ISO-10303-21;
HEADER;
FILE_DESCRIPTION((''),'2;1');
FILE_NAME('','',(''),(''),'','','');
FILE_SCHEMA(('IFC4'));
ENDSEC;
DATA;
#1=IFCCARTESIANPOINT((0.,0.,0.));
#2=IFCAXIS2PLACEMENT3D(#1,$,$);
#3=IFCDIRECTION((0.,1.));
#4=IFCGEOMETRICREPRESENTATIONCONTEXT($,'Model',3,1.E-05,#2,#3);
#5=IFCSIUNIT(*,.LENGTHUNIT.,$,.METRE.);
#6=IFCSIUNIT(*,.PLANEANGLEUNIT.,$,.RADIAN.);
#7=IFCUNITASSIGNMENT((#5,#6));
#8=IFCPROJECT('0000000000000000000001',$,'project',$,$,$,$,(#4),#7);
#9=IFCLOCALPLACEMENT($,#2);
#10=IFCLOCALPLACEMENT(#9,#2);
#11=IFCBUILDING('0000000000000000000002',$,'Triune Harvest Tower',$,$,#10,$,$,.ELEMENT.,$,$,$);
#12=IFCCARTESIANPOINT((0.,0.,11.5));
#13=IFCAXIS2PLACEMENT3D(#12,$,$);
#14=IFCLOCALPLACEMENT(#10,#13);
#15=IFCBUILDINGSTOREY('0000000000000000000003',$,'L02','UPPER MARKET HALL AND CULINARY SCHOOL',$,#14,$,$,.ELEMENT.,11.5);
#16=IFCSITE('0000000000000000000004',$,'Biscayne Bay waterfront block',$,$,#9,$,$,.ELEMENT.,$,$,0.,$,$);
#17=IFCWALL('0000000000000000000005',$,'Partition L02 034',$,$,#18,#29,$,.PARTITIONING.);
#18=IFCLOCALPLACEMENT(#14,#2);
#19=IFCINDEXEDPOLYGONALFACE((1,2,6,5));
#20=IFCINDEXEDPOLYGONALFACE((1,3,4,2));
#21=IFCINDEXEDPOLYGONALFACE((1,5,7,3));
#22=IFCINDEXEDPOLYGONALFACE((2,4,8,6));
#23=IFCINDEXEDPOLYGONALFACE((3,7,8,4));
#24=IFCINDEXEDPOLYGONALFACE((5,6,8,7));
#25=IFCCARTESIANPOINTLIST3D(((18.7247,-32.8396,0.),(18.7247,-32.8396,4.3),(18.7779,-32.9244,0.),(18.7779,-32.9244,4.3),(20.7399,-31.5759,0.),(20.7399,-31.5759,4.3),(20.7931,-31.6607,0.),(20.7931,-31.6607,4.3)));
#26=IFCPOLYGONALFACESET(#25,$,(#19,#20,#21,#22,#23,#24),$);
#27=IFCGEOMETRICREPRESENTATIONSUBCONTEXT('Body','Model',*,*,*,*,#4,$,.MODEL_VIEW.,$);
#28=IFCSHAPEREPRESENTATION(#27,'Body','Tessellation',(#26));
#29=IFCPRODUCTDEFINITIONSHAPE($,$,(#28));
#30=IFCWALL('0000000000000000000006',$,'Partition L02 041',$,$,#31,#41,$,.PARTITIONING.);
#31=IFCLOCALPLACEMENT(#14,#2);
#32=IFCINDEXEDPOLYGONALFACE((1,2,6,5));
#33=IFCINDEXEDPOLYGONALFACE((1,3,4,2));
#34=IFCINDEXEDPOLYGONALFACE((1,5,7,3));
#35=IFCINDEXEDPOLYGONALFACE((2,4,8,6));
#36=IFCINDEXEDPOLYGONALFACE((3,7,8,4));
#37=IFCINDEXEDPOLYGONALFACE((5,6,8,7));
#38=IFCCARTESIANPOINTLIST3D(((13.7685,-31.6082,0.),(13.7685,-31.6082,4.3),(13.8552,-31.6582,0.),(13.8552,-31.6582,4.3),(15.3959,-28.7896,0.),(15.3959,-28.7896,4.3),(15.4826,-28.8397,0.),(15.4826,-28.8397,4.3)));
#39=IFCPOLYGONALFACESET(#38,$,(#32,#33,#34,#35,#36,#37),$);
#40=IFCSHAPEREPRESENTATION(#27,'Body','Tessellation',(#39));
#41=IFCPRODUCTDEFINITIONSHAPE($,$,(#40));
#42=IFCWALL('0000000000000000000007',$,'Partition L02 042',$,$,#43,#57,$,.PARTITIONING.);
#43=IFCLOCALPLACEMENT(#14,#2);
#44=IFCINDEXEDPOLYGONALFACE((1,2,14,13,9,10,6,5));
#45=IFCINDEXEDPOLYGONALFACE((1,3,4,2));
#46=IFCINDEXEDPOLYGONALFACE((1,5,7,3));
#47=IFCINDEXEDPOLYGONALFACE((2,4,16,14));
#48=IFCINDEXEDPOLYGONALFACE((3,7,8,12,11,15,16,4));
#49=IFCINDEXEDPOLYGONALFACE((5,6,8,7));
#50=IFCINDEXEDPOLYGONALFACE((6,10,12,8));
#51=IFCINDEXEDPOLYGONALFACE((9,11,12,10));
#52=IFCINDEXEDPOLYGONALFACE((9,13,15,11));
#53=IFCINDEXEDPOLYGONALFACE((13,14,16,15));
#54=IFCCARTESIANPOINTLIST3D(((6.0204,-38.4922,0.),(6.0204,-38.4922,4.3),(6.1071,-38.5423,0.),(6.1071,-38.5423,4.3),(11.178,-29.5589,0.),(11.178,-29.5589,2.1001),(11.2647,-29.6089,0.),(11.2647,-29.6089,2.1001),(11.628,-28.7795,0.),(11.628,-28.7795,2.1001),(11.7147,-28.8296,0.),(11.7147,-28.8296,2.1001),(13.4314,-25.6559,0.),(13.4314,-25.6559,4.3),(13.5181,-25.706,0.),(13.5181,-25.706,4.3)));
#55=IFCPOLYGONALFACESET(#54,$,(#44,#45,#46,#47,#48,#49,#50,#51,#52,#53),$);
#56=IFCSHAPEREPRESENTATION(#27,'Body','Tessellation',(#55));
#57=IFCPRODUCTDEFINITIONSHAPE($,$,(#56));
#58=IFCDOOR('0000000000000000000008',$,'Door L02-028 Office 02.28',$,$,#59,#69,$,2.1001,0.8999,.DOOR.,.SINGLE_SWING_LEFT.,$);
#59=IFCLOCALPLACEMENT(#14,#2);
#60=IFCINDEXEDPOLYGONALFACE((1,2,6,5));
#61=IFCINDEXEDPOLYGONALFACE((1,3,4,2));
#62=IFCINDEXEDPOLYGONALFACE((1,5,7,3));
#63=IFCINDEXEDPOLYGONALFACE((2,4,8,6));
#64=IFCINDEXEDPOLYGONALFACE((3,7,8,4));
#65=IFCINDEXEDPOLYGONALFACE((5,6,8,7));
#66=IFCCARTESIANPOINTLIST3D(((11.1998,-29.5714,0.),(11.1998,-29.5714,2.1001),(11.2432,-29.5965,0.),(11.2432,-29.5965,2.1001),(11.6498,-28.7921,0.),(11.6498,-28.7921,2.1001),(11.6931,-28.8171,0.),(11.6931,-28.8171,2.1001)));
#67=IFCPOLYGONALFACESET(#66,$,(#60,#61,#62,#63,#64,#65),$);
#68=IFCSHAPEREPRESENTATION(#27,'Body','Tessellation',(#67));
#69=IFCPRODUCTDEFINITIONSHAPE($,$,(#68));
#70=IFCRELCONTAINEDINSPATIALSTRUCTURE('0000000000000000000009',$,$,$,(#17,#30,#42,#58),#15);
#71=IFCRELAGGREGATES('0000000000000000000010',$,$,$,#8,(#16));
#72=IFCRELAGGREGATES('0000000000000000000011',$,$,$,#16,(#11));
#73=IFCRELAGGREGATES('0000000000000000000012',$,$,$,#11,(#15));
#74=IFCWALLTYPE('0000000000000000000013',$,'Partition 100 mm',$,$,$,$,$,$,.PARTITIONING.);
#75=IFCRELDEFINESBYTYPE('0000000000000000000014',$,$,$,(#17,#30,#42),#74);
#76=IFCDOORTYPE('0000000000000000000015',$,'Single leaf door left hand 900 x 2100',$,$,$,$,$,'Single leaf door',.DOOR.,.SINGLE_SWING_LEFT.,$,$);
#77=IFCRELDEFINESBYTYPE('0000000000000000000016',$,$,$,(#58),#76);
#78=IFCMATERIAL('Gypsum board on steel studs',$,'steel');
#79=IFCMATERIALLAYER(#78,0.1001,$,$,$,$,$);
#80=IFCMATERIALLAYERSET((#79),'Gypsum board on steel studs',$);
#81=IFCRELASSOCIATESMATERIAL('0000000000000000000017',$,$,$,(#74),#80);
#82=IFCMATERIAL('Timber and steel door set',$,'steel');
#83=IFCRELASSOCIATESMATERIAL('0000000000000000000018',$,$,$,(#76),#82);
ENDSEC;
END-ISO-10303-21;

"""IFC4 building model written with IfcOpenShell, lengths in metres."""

from ifc_helpers import new_model, si_unit, direction, frame, frame_2d, origin, place, context, subcontext, project, spatial, rectangle, extrude, material, layer, layer_set, type_object, element, fill, save


model = new_model("IFC4")

# Units and contexts
model_context = context("Model", 3, precision=1e-05, world=origin(), true_north=direction((0.0, 1.0)))
body_context = subcontext(model_context, "Body", "Model", "MODEL_VIEW")
ifc_project = project(units=[si_unit("LENGTHUNIT", "METRE"), si_unit("PLANEANGLEUNIT", "RADIAN")], contexts=[model_context])

# Site, building, storey
site_placement = place(None, origin())
site = spatial("IfcSite", under=ifc_project, at=site_placement, Name="Biscayne Bay waterfront block", CompositionType="ELEMENT", RefElevation=0.0)
building_placement = place(site_placement, origin())
building = spatial("IfcBuilding", under=site, at=building_placement, Name="Triune Harvest Tower", CompositionType="ELEMENT")
storey_placement = place(building_placement, frame((0.0, 0.0, 11.5)))
storey = spatial("IfcBuildingStorey", under=building, at=storey_placement, Name="L02", Description="UPPER MARKET HALL AND CULINARY SCHOOL", CompositionType="ELEMENT", Elevation=11.5)

# Walls
ifc_material_1 = material(Name="Gypsum board on steel studs", Category="steel")
ifc_layer_1 = layer(ifc_material_1, 0.1001)
ifc_layer_set_1 = layer_set([ifc_layer_1], Name="Gypsum board on steel studs")
wall_type = type_object("IfcWallType", Name="Partition 100 mm", PredefinedType="PARTITIONING", material=ifc_layer_set_1)
wall_1_placement = place(storey_placement, frame((18.7512, -32.8821, 0.0), z_axis=(0.0, 0.0, 1.0), x_axis=(0.847202, 0.531272, 0.0)))
element("IfcWall", 1, at=wall_1_placement, inside=storey, type_object=wall_type, Name="Partition L02 034", PredefinedType="PARTITIONING", context=body_context, shape_type="SweptSolid", body=[
    extrude(rectangle(XDim=2.3787, YDim=0.1001, at=frame_2d((1.1895, 0.0))), origin(), (0.0, 0.0, 1.0), 4.3),
])
wall_2_placement = place(storey_placement, frame((13.8118, -31.6333, 0.0), z_axis=(0.0, 0.0, 1.0), x_axis=(0.500028, 0.866009, 0.0)))
element("IfcWall", 2, at=wall_2_placement, inside=storey, type_object=wall_type, Name="Partition L02 041", PredefinedType="PARTITIONING", context=body_context, shape_type="SweptSolid", body=[
    extrude(rectangle(XDim=3.2546, YDim=0.1001, at=frame_2d((1.6274, 0.0))), origin(), (0.0, 0.0, 1.0), 4.3),
])

# Wall, opening, door
wall_3_placement = place(storey_placement, frame((6.0637, -38.5173, 0.0), z_axis=(0.0, 0.0, 1.0), x_axis=(0.499996, 0.866028, 0.0)))
wall_3 = element("IfcWall", 3, at=wall_3_placement, inside=storey, type_object=wall_type, Name="Partition L02 042", PredefinedType="PARTITIONING", context=body_context, shape_type="SweptSolid", body=[
    extrude(rectangle(XDim=14.822, YDim=0.1001, at=frame_2d((7.4111, 0.0))), origin(), (0.0, 0.0, 1.0), 4.3),
])
opening_placement = place(wall_3_placement, frame((10.3154, 0.0, 0.0)))
opening = element("IfcOpeningElement", 4, at=opening_placement, cuts=wall_3, PredefinedType="OPENING", context=body_context, shape_type="SweptSolid", body=[
    extrude(rectangle(XDim=0.8999, YDim=2.1001, at=frame_2d((0.45, 1.05))), frame((0.0, 0.0601, 0.0), z_axis=(0.0, -1.0, 0.0), x_axis=(1.0, 0.0, 0.0)), (0.0, 0.0, 1.0), 0.1201),
])
ifc_material_2 = material(Name="Timber and steel door set", Category="steel")
door_type = type_object("IfcDoorType", Name="Single leaf door left hand 900 x 2100", ElementType="Single leaf door", OperationType="SINGLE_SWING_LEFT", PredefinedType="DOOR", material=ifc_material_2)
door_placement = place(opening_placement, origin())
door = element("IfcDoor", 5, at=door_placement, inside=storey, type_object=door_type, Name="Door L02-028 Office 02.28", OperationType="SINGLE_SWING_LEFT", OverallHeight=2.1001, OverallWidth=0.8999, PredefinedType="DOOR", context=body_context, shape_type="SweptSolid", body=[
    extrude(rectangle(XDim=0.8999, YDim=2.1001, at=frame_2d((0.45, 1.05))), frame((0.0, 0.0249, 0.0), z_axis=(0.0, -1.0, 0.0), x_axis=(1.0, 0.0, 0.0)), (0.0, 0.0, 1.0), 0.05),
])
fill(opening, door)

save(model, "model.ifc")
